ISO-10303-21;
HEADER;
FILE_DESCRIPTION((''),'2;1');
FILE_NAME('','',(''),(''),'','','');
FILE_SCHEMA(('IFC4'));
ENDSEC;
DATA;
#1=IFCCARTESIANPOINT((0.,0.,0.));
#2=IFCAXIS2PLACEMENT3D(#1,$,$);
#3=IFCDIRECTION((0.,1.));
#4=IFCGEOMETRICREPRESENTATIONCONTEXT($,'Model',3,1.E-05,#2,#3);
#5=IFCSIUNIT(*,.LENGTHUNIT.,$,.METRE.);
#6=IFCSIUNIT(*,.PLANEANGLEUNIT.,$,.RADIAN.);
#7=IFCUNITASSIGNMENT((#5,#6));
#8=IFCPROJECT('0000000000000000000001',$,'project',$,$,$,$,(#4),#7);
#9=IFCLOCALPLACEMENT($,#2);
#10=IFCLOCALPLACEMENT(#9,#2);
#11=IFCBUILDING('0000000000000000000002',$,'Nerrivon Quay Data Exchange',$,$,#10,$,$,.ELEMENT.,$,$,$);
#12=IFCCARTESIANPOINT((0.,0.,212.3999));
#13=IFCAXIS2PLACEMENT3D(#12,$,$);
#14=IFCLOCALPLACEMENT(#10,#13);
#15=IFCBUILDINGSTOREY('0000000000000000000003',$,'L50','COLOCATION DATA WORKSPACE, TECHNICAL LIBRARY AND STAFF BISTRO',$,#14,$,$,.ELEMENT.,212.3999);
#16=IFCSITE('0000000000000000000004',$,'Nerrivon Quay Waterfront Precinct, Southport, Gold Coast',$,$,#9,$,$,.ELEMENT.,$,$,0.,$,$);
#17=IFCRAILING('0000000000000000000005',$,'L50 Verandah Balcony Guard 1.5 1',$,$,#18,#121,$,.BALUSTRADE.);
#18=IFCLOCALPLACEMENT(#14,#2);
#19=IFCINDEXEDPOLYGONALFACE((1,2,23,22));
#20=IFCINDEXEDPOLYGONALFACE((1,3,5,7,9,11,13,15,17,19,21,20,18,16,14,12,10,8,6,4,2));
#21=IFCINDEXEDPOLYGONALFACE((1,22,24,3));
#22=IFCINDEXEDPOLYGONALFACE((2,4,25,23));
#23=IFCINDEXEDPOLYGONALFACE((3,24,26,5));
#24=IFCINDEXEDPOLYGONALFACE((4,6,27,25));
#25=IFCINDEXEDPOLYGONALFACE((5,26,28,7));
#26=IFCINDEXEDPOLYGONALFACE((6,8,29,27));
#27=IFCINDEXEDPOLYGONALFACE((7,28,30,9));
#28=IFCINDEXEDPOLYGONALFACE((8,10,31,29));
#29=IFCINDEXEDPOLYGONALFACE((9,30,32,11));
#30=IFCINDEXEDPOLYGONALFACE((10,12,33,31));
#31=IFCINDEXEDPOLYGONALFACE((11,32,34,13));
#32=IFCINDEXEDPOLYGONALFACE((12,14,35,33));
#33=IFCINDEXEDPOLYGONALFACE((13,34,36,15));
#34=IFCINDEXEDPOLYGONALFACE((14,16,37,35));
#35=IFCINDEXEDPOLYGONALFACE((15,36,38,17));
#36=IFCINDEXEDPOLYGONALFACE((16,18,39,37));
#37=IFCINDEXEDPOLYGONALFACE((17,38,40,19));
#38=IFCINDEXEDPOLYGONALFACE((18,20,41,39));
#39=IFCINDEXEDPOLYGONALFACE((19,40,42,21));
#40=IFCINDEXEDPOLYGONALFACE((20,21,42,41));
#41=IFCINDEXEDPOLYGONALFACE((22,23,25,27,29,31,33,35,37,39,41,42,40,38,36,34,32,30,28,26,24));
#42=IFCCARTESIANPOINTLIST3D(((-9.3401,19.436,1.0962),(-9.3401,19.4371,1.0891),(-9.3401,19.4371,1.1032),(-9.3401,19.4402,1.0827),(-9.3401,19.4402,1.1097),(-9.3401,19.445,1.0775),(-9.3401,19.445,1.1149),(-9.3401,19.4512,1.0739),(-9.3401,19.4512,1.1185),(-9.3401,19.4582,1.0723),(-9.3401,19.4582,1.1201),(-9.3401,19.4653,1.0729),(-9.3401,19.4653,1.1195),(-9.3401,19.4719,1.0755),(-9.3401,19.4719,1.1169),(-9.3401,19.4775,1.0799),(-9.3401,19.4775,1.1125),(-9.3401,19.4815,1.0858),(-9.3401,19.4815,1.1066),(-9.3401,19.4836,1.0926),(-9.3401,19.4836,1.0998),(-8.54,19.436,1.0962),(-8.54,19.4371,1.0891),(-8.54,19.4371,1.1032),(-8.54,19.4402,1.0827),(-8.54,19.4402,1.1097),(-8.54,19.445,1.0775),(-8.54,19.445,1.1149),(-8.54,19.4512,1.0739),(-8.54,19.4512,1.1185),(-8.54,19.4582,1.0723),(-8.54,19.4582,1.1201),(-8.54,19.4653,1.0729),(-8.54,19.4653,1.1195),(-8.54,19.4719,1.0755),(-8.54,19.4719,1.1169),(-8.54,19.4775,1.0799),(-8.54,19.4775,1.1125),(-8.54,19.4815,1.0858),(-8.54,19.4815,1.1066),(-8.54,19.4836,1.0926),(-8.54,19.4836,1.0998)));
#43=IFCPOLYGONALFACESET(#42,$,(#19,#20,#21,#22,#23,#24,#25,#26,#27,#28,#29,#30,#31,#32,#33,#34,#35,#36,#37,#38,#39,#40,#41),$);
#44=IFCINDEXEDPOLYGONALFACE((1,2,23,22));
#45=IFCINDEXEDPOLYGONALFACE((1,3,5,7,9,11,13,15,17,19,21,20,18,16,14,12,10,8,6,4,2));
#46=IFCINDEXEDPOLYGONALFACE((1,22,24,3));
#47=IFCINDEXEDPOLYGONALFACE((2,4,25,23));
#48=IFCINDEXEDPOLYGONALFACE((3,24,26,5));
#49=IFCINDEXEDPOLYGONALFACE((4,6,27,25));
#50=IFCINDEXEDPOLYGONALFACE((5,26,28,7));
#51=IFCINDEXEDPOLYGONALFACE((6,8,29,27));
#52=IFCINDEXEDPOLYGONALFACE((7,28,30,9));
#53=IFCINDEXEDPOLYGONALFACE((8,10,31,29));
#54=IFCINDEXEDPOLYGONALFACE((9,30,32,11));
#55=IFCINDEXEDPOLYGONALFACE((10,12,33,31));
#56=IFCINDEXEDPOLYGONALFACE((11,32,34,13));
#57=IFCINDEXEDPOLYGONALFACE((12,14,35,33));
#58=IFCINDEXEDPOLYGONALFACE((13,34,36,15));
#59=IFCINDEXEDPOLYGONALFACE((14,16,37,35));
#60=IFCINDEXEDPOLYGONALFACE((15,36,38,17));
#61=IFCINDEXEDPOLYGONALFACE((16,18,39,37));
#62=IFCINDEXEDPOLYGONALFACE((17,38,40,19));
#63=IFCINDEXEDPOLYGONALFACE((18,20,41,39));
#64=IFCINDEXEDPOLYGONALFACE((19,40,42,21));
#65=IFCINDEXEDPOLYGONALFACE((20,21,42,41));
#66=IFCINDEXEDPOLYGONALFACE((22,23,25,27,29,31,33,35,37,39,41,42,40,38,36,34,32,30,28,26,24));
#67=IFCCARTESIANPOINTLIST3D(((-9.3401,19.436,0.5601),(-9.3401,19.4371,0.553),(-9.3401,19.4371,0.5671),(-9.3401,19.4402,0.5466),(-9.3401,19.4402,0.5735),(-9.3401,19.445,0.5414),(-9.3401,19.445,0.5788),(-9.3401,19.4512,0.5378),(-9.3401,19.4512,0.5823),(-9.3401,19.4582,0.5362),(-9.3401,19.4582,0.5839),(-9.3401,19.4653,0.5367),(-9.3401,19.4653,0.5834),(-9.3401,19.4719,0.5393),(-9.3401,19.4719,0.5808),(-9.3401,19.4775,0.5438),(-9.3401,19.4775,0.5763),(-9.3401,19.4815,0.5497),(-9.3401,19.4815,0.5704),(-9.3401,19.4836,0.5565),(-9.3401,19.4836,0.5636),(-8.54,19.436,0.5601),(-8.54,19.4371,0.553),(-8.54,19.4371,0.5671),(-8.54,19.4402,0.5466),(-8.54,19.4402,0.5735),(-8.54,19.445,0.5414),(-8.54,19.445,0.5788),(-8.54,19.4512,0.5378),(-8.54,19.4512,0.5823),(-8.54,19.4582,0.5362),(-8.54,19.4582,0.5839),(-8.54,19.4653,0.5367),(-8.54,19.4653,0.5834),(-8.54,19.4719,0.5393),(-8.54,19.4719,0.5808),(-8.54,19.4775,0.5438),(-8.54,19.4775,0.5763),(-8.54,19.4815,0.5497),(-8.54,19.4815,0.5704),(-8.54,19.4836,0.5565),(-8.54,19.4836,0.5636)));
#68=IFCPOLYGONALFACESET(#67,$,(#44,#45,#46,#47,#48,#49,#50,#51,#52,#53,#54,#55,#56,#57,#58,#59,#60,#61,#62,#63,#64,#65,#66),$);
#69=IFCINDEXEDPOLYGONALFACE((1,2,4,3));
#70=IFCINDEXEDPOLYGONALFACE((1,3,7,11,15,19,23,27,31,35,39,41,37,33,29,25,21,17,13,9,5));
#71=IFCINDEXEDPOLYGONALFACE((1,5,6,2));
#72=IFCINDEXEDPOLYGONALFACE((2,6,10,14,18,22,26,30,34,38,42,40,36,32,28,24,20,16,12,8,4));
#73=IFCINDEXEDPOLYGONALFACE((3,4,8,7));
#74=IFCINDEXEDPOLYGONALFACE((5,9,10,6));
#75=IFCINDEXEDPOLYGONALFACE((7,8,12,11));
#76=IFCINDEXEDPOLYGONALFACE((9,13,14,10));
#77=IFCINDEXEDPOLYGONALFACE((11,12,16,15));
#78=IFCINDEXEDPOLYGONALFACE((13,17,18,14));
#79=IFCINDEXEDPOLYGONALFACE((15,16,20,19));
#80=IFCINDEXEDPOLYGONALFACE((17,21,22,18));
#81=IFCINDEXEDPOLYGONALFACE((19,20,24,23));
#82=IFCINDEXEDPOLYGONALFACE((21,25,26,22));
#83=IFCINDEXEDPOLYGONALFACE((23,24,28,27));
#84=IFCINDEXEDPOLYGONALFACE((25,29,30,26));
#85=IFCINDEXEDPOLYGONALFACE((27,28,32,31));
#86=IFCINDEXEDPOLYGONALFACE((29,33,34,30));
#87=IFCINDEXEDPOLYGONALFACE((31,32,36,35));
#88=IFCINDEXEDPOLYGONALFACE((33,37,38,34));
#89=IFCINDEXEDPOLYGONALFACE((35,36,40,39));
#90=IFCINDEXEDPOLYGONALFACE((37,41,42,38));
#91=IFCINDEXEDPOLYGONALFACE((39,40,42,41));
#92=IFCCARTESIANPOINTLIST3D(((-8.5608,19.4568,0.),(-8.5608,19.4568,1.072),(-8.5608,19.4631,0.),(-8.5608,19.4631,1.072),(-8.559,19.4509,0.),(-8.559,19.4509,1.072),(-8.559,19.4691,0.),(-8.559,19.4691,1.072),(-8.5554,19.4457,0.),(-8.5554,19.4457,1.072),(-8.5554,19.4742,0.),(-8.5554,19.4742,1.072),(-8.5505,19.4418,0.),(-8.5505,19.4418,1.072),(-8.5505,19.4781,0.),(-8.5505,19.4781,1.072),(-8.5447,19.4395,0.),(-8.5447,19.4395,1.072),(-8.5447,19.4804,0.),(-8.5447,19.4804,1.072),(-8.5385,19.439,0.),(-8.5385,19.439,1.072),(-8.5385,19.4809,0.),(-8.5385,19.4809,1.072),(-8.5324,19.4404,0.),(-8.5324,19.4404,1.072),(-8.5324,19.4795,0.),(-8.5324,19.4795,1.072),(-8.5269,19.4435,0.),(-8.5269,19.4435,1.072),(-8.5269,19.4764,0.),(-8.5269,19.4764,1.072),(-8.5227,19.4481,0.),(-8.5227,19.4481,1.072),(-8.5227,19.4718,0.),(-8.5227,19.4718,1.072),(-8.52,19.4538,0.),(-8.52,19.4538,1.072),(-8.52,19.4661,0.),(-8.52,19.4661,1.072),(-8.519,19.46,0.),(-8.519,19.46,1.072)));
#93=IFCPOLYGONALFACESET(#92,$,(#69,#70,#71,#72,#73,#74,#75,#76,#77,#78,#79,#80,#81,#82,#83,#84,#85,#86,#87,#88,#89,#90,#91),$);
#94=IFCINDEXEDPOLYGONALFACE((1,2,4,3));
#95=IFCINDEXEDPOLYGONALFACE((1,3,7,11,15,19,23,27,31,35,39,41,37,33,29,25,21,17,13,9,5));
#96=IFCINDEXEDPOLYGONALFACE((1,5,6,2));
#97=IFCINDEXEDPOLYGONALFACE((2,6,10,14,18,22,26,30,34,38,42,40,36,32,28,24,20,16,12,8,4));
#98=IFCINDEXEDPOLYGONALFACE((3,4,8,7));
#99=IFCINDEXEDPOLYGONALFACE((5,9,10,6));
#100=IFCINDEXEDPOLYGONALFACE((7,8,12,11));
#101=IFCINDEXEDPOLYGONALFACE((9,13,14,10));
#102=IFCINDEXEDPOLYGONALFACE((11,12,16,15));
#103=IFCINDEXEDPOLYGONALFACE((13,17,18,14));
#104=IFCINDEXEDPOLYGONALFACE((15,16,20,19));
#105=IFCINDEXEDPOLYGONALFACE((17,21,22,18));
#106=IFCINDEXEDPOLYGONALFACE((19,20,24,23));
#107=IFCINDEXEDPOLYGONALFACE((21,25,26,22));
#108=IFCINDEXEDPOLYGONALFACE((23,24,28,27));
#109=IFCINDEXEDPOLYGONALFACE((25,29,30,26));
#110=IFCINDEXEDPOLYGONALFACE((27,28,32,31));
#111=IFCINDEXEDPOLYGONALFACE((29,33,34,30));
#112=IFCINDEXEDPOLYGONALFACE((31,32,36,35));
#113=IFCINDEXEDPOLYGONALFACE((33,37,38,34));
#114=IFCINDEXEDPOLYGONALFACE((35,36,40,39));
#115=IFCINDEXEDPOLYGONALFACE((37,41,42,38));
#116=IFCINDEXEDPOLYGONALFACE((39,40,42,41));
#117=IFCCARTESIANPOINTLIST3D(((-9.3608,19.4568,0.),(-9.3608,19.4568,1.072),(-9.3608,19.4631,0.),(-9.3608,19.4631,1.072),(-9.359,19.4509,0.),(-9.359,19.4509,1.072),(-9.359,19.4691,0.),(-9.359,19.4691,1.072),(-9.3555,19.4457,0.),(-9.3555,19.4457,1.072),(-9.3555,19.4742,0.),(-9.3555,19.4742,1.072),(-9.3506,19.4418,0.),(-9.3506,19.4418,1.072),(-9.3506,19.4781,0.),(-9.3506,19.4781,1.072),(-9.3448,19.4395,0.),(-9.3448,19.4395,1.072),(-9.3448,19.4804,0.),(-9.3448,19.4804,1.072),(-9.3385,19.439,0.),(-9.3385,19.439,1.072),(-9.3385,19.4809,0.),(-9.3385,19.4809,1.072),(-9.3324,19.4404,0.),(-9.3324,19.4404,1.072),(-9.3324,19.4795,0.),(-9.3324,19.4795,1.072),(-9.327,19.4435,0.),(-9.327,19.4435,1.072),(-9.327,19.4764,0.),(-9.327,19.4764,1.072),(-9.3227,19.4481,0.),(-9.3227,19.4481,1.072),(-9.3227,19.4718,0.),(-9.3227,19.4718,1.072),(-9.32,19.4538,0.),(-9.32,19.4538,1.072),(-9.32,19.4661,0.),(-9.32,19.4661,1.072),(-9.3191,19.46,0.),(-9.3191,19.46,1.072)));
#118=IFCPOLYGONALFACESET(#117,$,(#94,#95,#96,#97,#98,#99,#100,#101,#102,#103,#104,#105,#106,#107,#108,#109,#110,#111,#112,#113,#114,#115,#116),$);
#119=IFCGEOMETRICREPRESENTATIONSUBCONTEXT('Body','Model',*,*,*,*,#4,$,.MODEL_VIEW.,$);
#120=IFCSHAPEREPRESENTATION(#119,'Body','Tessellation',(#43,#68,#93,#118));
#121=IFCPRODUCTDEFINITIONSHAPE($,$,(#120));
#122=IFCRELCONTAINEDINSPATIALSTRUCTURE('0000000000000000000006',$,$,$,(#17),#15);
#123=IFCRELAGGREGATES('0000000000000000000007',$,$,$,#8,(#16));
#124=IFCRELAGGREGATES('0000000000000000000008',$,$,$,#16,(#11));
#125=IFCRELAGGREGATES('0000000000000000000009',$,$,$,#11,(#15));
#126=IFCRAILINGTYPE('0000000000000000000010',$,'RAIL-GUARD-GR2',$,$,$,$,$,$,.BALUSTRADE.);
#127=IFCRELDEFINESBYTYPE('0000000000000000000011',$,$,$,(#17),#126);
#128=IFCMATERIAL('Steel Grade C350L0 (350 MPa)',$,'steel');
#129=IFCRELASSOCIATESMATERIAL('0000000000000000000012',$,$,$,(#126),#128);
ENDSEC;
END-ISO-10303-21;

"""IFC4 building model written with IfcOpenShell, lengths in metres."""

from ifc_helpers import new_model, si_unit, direction, frame, origin, origin_2d, place, context, subcontext, project, spatial, circle, extrude, material, type_object, element, save


model = new_model("IFC4")

# Units and contexts
model_context = context("Model", 3, precision=1e-05, world=origin(), true_north=direction((0.0, 1.0)))
body_context = subcontext(model_context, "Body", "Model", "MODEL_VIEW")
ifc_project = project(units=[si_unit("LENGTHUNIT", "METRE"), si_unit("PLANEANGLEUNIT", "RADIAN")], contexts=[model_context])

# Site, building, storey
site_placement = place(None, origin())
site = spatial("IfcSite", under=ifc_project, at=site_placement, Name="Nerrivon Quay Waterfront Precinct, Southport, Gold Coast", CompositionType="ELEMENT", RefElevation=0.0)
building_placement = place(site_placement, origin())
building = spatial("IfcBuilding", under=site, at=building_placement, Name="Nerrivon Quay Data Exchange", CompositionType="ELEMENT")
storey_placement = place(building_placement, frame((0.0, 0.0, 212.3999)))
storey = spatial("IfcBuildingStorey", under=building, at=storey_placement, Name="L50", Description="COLOCATION DATA WORKSPACE, TECHNICAL LIBRARY AND STAFF BISTRO", CompositionType="ELEMENT", Elevation=212.3999)

# Railing
ifc_material_1 = material(Name="Steel Grade C350L0 (350 MPa)", Category="steel")
railing_type = type_object("IfcRailingType", Name="RAIL-GUARD-GR2", PredefinedType="BALUSTRADE", material=ifc_material_1)
railing_1_placement = place(storey_placement, frame((-8.54, 19.46, 0.0)))
element("IfcRailing", 1, at=railing_1_placement, inside=storey, type_object=railing_type, Name="L50 Verandah Balcony Guard 1.5 1", PredefinedType="BALUSTRADE", context=body_context, shape_type="SweptSolid", body=[
    extrude(circle(Radius=0.0239, at=origin_2d()), frame((0.0, 0.0, 1.0962), z_axis=(-1.0, 0.0, 0.0), x_axis=(0.0, -1.0, 0.0)), (0.0, 0.0, 1.0), 0.8),
    extrude(circle(Radius=0.0239, at=origin_2d()), frame((0.0, 0.0, 0.5601), z_axis=(-1.0, 0.0, 0.0), x_axis=(0.0, -1.0, 0.0)), (0.0, 0.0, 1.0), 0.8),
    extrude(circle(Radius=0.021, at=origin_2d()), origin(), (0.0, 0.0, 1.0), 1.072),
    extrude(circle(Radius=0.021, at=origin_2d()), frame((-0.8, 0.0, 0.0)), (0.0, 0.0, 1.0), 1.072),
])

save(model, "model.ifc")
